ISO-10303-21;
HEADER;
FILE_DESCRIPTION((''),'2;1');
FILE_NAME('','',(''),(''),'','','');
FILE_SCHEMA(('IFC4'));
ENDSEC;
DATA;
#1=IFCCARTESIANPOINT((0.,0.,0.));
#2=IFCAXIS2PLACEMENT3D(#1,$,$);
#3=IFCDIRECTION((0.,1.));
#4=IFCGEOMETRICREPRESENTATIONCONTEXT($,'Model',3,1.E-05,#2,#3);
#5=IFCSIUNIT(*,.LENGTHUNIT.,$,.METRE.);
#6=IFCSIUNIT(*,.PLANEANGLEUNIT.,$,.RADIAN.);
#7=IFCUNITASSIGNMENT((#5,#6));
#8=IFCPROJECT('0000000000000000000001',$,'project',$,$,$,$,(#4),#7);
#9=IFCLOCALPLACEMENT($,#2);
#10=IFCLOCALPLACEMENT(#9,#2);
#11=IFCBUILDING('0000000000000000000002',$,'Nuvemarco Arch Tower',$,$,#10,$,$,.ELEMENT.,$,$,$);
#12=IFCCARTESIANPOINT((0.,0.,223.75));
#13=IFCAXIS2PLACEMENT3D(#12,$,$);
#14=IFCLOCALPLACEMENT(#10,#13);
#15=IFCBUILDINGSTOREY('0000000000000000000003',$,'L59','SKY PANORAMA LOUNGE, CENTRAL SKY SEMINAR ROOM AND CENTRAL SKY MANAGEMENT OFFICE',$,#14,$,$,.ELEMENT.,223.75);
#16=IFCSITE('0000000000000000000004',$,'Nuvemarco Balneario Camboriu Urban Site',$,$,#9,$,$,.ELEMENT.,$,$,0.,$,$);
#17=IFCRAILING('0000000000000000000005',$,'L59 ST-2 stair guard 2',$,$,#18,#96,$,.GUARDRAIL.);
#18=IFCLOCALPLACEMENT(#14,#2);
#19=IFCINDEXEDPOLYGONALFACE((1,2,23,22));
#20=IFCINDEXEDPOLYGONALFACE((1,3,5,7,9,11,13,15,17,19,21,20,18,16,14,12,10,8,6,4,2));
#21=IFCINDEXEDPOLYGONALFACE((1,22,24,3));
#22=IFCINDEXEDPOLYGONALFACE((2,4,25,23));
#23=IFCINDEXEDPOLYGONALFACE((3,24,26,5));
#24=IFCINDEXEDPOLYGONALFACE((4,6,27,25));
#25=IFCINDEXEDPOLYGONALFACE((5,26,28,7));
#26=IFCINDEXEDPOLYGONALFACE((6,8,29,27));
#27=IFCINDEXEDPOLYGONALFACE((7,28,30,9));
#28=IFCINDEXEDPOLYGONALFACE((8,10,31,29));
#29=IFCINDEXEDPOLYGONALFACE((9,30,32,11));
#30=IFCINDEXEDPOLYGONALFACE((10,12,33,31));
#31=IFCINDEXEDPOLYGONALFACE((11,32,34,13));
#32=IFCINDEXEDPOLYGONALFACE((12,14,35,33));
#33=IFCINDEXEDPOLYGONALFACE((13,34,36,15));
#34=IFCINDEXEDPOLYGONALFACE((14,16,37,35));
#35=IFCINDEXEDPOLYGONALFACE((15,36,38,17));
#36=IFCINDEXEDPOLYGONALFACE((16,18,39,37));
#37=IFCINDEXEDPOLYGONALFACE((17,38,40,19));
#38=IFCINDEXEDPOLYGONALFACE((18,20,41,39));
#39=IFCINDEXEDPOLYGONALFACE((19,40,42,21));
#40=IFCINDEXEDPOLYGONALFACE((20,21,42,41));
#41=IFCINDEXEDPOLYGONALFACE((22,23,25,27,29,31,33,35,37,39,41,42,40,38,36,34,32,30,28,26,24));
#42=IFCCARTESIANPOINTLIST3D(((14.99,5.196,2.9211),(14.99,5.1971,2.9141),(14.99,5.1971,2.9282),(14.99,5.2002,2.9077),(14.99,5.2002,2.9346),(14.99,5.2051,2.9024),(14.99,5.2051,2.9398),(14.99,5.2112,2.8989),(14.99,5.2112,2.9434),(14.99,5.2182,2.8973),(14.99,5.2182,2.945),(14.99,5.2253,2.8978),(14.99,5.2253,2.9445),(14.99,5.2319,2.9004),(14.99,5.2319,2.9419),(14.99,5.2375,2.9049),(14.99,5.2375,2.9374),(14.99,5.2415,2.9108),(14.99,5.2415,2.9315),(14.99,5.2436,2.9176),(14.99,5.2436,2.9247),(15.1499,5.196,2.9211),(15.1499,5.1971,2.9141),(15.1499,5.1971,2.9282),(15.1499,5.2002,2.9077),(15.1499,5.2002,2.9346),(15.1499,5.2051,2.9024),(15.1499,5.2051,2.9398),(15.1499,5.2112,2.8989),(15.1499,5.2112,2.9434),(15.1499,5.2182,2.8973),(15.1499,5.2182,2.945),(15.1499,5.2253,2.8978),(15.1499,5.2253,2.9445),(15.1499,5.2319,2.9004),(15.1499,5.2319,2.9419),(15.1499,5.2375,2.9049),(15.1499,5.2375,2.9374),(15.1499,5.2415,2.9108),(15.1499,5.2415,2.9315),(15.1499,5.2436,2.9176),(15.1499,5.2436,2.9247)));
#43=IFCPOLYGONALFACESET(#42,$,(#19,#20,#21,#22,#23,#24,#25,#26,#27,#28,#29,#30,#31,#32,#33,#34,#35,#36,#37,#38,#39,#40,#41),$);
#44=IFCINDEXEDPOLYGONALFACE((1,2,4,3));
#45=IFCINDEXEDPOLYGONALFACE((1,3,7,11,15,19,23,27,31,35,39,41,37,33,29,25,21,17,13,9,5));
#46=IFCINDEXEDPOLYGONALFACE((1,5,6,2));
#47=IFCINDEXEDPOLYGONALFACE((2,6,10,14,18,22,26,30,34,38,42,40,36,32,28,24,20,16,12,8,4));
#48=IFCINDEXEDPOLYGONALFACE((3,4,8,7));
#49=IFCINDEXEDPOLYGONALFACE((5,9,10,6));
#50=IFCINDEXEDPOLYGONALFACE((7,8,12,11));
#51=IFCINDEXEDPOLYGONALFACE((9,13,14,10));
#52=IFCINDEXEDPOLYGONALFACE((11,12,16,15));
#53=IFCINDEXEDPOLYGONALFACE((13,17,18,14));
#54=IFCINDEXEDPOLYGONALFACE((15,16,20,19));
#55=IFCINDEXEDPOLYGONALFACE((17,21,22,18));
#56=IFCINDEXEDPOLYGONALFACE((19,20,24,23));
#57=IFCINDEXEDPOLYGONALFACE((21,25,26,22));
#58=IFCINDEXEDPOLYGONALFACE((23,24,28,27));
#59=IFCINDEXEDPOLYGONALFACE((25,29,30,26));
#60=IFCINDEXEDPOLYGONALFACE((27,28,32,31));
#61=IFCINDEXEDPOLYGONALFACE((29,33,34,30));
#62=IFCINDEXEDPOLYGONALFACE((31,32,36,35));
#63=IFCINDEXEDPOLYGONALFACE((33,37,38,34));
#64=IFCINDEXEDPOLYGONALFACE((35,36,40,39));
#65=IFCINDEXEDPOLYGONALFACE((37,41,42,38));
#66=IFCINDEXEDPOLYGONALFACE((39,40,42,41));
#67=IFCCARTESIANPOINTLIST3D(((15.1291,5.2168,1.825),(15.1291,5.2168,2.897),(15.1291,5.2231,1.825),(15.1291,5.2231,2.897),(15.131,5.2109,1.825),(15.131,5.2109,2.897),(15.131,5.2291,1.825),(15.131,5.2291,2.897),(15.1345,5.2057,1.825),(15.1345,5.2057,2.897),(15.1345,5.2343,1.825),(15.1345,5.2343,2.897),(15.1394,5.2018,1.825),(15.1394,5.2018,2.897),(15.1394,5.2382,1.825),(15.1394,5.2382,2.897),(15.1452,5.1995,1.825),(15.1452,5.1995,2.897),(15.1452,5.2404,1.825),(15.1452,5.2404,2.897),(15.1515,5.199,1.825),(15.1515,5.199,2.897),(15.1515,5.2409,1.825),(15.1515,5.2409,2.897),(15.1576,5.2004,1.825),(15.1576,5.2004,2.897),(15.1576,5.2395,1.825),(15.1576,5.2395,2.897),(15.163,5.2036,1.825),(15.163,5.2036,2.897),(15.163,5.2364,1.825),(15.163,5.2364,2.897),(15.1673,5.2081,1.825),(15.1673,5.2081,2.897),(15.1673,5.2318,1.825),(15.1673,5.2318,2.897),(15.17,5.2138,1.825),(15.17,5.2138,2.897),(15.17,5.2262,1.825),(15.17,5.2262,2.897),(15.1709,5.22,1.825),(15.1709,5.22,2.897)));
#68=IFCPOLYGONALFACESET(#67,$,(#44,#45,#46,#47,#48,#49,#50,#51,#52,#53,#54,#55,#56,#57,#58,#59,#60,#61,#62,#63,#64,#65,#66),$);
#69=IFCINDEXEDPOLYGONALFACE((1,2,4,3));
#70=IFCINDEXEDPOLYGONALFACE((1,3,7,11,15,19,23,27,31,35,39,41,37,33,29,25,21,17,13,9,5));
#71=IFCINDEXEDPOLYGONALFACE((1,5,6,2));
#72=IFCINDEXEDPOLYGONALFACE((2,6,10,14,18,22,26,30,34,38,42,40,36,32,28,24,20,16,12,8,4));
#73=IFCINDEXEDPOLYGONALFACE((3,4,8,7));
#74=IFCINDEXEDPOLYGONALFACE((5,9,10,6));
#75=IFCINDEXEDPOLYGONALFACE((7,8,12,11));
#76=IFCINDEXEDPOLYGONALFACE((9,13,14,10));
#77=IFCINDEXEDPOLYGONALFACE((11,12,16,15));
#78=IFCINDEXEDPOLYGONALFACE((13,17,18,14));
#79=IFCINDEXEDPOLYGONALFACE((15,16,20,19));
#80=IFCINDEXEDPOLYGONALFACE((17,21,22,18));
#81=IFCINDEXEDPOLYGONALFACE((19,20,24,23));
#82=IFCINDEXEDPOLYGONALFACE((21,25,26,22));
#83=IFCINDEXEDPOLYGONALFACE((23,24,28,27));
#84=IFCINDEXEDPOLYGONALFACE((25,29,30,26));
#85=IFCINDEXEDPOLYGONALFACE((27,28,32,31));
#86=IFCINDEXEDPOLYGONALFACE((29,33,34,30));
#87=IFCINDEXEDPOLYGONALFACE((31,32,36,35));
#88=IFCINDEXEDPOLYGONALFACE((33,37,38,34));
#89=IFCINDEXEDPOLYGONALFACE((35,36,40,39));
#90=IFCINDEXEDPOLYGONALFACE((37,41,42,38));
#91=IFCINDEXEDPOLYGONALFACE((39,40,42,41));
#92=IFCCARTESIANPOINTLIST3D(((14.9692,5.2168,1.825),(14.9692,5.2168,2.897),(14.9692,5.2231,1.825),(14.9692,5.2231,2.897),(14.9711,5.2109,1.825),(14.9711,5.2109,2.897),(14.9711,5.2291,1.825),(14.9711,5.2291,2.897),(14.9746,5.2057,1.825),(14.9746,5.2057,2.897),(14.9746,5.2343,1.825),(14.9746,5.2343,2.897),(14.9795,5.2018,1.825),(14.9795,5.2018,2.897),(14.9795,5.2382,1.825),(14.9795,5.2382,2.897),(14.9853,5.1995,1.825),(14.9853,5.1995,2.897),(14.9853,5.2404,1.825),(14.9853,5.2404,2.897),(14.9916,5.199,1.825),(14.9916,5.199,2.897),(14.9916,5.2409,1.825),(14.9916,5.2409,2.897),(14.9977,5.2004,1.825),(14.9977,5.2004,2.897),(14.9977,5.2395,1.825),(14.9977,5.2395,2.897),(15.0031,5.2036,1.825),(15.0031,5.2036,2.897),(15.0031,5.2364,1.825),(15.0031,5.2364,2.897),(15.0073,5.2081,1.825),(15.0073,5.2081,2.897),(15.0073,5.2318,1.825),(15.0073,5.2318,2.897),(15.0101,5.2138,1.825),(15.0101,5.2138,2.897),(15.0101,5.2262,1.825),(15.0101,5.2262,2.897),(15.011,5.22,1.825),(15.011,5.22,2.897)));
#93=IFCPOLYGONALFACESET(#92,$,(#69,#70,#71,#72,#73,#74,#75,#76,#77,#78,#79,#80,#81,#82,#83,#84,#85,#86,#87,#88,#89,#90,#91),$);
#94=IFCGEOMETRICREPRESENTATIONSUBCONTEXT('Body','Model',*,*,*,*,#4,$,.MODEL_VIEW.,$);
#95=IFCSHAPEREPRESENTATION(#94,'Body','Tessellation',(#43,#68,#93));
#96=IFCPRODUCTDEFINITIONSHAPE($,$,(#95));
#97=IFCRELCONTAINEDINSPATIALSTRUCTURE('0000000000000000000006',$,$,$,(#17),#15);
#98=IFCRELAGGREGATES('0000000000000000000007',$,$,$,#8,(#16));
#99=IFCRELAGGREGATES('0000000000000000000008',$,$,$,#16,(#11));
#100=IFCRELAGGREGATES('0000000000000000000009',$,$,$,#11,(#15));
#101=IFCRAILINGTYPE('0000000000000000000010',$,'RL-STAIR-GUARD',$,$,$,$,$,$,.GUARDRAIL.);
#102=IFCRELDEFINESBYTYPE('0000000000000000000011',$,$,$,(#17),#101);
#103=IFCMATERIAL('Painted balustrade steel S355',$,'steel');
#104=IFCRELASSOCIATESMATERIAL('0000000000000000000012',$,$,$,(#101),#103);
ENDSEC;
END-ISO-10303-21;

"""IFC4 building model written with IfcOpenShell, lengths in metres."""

from ifc_helpers import new_model, si_unit, direction, frame, origin, origin_2d, place, context, subcontext, project, spatial, circle, extrude, material, type_object, element, save


model = new_model("IFC4")

# Units and contexts
model_context = context("Model", 3, precision=1e-05, world=origin(), true_north=direction((0.0, 1.0)))
body_context = subcontext(model_context, "Body", "Model", "MODEL_VIEW")
ifc_project = project(units=[si_unit("LENGTHUNIT", "METRE"), si_unit("PLANEANGLEUNIT", "RADIAN")], contexts=[model_context])

# Site, building, storey
site_placement = place(None, origin())
site = spatial("IfcSite", under=ifc_project, at=site_placement, Name="Nuvemarco Balneario Camboriu Urban Site", CompositionType="ELEMENT", RefElevation=0.0)
building_placement = place(site_placement, origin())
building = spatial("IfcBuilding", under=site, at=building_placement, Name="Nuvemarco Arch Tower", CompositionType="ELEMENT")
storey_placement = place(building_placement, frame((0.0, 0.0, 223.75)))
storey = spatial("IfcBuildingStorey", under=building, at=storey_placement, Name="L59", Description="SKY PANORAMA LOUNGE, CENTRAL SKY SEMINAR ROOM AND CENTRAL SKY MANAGEMENT OFFICE", CompositionType="ELEMENT", Elevation=223.75)

# Railing
ifc_material_1 = material(Name="Painted balustrade steel S355", Category="steel")
railing_type_1 = type_object("IfcRailingType", Name="RL-STAIR-GUARD", PredefinedType="GUARDRAIL", material=ifc_material_1)
railing_1_placement = place(storey_placement, frame((15.1499, 5.22, 1.825)))
element("IfcRailing", 1, at=railing_1_placement, inside=storey, type_object=railing_type_1, Name="L59 ST-2 stair guard 2", PredefinedType="GUARDRAIL", context=body_context, shape_type="SweptSolid", body=[
    extrude(circle(Radius=0.0239, at=origin_2d()), frame((0.0, 0.0, 1.0962), z_axis=(-1.0, 0.0, 0.0), x_axis=(0.0, -1.0, 0.0)), (0.0, 0.0, 1.0), 0.1599),
    extrude(circle(Radius=0.021, at=origin_2d()), origin(), (0.0, 0.0, 1.0), 1.072),
    extrude(circle(Radius=0.021, at=origin_2d()), frame((-0.1599, 0.0, 0.0)), (0.0, 0.0, 1.0), 1.072),
])

save(model, "model.ifc")
